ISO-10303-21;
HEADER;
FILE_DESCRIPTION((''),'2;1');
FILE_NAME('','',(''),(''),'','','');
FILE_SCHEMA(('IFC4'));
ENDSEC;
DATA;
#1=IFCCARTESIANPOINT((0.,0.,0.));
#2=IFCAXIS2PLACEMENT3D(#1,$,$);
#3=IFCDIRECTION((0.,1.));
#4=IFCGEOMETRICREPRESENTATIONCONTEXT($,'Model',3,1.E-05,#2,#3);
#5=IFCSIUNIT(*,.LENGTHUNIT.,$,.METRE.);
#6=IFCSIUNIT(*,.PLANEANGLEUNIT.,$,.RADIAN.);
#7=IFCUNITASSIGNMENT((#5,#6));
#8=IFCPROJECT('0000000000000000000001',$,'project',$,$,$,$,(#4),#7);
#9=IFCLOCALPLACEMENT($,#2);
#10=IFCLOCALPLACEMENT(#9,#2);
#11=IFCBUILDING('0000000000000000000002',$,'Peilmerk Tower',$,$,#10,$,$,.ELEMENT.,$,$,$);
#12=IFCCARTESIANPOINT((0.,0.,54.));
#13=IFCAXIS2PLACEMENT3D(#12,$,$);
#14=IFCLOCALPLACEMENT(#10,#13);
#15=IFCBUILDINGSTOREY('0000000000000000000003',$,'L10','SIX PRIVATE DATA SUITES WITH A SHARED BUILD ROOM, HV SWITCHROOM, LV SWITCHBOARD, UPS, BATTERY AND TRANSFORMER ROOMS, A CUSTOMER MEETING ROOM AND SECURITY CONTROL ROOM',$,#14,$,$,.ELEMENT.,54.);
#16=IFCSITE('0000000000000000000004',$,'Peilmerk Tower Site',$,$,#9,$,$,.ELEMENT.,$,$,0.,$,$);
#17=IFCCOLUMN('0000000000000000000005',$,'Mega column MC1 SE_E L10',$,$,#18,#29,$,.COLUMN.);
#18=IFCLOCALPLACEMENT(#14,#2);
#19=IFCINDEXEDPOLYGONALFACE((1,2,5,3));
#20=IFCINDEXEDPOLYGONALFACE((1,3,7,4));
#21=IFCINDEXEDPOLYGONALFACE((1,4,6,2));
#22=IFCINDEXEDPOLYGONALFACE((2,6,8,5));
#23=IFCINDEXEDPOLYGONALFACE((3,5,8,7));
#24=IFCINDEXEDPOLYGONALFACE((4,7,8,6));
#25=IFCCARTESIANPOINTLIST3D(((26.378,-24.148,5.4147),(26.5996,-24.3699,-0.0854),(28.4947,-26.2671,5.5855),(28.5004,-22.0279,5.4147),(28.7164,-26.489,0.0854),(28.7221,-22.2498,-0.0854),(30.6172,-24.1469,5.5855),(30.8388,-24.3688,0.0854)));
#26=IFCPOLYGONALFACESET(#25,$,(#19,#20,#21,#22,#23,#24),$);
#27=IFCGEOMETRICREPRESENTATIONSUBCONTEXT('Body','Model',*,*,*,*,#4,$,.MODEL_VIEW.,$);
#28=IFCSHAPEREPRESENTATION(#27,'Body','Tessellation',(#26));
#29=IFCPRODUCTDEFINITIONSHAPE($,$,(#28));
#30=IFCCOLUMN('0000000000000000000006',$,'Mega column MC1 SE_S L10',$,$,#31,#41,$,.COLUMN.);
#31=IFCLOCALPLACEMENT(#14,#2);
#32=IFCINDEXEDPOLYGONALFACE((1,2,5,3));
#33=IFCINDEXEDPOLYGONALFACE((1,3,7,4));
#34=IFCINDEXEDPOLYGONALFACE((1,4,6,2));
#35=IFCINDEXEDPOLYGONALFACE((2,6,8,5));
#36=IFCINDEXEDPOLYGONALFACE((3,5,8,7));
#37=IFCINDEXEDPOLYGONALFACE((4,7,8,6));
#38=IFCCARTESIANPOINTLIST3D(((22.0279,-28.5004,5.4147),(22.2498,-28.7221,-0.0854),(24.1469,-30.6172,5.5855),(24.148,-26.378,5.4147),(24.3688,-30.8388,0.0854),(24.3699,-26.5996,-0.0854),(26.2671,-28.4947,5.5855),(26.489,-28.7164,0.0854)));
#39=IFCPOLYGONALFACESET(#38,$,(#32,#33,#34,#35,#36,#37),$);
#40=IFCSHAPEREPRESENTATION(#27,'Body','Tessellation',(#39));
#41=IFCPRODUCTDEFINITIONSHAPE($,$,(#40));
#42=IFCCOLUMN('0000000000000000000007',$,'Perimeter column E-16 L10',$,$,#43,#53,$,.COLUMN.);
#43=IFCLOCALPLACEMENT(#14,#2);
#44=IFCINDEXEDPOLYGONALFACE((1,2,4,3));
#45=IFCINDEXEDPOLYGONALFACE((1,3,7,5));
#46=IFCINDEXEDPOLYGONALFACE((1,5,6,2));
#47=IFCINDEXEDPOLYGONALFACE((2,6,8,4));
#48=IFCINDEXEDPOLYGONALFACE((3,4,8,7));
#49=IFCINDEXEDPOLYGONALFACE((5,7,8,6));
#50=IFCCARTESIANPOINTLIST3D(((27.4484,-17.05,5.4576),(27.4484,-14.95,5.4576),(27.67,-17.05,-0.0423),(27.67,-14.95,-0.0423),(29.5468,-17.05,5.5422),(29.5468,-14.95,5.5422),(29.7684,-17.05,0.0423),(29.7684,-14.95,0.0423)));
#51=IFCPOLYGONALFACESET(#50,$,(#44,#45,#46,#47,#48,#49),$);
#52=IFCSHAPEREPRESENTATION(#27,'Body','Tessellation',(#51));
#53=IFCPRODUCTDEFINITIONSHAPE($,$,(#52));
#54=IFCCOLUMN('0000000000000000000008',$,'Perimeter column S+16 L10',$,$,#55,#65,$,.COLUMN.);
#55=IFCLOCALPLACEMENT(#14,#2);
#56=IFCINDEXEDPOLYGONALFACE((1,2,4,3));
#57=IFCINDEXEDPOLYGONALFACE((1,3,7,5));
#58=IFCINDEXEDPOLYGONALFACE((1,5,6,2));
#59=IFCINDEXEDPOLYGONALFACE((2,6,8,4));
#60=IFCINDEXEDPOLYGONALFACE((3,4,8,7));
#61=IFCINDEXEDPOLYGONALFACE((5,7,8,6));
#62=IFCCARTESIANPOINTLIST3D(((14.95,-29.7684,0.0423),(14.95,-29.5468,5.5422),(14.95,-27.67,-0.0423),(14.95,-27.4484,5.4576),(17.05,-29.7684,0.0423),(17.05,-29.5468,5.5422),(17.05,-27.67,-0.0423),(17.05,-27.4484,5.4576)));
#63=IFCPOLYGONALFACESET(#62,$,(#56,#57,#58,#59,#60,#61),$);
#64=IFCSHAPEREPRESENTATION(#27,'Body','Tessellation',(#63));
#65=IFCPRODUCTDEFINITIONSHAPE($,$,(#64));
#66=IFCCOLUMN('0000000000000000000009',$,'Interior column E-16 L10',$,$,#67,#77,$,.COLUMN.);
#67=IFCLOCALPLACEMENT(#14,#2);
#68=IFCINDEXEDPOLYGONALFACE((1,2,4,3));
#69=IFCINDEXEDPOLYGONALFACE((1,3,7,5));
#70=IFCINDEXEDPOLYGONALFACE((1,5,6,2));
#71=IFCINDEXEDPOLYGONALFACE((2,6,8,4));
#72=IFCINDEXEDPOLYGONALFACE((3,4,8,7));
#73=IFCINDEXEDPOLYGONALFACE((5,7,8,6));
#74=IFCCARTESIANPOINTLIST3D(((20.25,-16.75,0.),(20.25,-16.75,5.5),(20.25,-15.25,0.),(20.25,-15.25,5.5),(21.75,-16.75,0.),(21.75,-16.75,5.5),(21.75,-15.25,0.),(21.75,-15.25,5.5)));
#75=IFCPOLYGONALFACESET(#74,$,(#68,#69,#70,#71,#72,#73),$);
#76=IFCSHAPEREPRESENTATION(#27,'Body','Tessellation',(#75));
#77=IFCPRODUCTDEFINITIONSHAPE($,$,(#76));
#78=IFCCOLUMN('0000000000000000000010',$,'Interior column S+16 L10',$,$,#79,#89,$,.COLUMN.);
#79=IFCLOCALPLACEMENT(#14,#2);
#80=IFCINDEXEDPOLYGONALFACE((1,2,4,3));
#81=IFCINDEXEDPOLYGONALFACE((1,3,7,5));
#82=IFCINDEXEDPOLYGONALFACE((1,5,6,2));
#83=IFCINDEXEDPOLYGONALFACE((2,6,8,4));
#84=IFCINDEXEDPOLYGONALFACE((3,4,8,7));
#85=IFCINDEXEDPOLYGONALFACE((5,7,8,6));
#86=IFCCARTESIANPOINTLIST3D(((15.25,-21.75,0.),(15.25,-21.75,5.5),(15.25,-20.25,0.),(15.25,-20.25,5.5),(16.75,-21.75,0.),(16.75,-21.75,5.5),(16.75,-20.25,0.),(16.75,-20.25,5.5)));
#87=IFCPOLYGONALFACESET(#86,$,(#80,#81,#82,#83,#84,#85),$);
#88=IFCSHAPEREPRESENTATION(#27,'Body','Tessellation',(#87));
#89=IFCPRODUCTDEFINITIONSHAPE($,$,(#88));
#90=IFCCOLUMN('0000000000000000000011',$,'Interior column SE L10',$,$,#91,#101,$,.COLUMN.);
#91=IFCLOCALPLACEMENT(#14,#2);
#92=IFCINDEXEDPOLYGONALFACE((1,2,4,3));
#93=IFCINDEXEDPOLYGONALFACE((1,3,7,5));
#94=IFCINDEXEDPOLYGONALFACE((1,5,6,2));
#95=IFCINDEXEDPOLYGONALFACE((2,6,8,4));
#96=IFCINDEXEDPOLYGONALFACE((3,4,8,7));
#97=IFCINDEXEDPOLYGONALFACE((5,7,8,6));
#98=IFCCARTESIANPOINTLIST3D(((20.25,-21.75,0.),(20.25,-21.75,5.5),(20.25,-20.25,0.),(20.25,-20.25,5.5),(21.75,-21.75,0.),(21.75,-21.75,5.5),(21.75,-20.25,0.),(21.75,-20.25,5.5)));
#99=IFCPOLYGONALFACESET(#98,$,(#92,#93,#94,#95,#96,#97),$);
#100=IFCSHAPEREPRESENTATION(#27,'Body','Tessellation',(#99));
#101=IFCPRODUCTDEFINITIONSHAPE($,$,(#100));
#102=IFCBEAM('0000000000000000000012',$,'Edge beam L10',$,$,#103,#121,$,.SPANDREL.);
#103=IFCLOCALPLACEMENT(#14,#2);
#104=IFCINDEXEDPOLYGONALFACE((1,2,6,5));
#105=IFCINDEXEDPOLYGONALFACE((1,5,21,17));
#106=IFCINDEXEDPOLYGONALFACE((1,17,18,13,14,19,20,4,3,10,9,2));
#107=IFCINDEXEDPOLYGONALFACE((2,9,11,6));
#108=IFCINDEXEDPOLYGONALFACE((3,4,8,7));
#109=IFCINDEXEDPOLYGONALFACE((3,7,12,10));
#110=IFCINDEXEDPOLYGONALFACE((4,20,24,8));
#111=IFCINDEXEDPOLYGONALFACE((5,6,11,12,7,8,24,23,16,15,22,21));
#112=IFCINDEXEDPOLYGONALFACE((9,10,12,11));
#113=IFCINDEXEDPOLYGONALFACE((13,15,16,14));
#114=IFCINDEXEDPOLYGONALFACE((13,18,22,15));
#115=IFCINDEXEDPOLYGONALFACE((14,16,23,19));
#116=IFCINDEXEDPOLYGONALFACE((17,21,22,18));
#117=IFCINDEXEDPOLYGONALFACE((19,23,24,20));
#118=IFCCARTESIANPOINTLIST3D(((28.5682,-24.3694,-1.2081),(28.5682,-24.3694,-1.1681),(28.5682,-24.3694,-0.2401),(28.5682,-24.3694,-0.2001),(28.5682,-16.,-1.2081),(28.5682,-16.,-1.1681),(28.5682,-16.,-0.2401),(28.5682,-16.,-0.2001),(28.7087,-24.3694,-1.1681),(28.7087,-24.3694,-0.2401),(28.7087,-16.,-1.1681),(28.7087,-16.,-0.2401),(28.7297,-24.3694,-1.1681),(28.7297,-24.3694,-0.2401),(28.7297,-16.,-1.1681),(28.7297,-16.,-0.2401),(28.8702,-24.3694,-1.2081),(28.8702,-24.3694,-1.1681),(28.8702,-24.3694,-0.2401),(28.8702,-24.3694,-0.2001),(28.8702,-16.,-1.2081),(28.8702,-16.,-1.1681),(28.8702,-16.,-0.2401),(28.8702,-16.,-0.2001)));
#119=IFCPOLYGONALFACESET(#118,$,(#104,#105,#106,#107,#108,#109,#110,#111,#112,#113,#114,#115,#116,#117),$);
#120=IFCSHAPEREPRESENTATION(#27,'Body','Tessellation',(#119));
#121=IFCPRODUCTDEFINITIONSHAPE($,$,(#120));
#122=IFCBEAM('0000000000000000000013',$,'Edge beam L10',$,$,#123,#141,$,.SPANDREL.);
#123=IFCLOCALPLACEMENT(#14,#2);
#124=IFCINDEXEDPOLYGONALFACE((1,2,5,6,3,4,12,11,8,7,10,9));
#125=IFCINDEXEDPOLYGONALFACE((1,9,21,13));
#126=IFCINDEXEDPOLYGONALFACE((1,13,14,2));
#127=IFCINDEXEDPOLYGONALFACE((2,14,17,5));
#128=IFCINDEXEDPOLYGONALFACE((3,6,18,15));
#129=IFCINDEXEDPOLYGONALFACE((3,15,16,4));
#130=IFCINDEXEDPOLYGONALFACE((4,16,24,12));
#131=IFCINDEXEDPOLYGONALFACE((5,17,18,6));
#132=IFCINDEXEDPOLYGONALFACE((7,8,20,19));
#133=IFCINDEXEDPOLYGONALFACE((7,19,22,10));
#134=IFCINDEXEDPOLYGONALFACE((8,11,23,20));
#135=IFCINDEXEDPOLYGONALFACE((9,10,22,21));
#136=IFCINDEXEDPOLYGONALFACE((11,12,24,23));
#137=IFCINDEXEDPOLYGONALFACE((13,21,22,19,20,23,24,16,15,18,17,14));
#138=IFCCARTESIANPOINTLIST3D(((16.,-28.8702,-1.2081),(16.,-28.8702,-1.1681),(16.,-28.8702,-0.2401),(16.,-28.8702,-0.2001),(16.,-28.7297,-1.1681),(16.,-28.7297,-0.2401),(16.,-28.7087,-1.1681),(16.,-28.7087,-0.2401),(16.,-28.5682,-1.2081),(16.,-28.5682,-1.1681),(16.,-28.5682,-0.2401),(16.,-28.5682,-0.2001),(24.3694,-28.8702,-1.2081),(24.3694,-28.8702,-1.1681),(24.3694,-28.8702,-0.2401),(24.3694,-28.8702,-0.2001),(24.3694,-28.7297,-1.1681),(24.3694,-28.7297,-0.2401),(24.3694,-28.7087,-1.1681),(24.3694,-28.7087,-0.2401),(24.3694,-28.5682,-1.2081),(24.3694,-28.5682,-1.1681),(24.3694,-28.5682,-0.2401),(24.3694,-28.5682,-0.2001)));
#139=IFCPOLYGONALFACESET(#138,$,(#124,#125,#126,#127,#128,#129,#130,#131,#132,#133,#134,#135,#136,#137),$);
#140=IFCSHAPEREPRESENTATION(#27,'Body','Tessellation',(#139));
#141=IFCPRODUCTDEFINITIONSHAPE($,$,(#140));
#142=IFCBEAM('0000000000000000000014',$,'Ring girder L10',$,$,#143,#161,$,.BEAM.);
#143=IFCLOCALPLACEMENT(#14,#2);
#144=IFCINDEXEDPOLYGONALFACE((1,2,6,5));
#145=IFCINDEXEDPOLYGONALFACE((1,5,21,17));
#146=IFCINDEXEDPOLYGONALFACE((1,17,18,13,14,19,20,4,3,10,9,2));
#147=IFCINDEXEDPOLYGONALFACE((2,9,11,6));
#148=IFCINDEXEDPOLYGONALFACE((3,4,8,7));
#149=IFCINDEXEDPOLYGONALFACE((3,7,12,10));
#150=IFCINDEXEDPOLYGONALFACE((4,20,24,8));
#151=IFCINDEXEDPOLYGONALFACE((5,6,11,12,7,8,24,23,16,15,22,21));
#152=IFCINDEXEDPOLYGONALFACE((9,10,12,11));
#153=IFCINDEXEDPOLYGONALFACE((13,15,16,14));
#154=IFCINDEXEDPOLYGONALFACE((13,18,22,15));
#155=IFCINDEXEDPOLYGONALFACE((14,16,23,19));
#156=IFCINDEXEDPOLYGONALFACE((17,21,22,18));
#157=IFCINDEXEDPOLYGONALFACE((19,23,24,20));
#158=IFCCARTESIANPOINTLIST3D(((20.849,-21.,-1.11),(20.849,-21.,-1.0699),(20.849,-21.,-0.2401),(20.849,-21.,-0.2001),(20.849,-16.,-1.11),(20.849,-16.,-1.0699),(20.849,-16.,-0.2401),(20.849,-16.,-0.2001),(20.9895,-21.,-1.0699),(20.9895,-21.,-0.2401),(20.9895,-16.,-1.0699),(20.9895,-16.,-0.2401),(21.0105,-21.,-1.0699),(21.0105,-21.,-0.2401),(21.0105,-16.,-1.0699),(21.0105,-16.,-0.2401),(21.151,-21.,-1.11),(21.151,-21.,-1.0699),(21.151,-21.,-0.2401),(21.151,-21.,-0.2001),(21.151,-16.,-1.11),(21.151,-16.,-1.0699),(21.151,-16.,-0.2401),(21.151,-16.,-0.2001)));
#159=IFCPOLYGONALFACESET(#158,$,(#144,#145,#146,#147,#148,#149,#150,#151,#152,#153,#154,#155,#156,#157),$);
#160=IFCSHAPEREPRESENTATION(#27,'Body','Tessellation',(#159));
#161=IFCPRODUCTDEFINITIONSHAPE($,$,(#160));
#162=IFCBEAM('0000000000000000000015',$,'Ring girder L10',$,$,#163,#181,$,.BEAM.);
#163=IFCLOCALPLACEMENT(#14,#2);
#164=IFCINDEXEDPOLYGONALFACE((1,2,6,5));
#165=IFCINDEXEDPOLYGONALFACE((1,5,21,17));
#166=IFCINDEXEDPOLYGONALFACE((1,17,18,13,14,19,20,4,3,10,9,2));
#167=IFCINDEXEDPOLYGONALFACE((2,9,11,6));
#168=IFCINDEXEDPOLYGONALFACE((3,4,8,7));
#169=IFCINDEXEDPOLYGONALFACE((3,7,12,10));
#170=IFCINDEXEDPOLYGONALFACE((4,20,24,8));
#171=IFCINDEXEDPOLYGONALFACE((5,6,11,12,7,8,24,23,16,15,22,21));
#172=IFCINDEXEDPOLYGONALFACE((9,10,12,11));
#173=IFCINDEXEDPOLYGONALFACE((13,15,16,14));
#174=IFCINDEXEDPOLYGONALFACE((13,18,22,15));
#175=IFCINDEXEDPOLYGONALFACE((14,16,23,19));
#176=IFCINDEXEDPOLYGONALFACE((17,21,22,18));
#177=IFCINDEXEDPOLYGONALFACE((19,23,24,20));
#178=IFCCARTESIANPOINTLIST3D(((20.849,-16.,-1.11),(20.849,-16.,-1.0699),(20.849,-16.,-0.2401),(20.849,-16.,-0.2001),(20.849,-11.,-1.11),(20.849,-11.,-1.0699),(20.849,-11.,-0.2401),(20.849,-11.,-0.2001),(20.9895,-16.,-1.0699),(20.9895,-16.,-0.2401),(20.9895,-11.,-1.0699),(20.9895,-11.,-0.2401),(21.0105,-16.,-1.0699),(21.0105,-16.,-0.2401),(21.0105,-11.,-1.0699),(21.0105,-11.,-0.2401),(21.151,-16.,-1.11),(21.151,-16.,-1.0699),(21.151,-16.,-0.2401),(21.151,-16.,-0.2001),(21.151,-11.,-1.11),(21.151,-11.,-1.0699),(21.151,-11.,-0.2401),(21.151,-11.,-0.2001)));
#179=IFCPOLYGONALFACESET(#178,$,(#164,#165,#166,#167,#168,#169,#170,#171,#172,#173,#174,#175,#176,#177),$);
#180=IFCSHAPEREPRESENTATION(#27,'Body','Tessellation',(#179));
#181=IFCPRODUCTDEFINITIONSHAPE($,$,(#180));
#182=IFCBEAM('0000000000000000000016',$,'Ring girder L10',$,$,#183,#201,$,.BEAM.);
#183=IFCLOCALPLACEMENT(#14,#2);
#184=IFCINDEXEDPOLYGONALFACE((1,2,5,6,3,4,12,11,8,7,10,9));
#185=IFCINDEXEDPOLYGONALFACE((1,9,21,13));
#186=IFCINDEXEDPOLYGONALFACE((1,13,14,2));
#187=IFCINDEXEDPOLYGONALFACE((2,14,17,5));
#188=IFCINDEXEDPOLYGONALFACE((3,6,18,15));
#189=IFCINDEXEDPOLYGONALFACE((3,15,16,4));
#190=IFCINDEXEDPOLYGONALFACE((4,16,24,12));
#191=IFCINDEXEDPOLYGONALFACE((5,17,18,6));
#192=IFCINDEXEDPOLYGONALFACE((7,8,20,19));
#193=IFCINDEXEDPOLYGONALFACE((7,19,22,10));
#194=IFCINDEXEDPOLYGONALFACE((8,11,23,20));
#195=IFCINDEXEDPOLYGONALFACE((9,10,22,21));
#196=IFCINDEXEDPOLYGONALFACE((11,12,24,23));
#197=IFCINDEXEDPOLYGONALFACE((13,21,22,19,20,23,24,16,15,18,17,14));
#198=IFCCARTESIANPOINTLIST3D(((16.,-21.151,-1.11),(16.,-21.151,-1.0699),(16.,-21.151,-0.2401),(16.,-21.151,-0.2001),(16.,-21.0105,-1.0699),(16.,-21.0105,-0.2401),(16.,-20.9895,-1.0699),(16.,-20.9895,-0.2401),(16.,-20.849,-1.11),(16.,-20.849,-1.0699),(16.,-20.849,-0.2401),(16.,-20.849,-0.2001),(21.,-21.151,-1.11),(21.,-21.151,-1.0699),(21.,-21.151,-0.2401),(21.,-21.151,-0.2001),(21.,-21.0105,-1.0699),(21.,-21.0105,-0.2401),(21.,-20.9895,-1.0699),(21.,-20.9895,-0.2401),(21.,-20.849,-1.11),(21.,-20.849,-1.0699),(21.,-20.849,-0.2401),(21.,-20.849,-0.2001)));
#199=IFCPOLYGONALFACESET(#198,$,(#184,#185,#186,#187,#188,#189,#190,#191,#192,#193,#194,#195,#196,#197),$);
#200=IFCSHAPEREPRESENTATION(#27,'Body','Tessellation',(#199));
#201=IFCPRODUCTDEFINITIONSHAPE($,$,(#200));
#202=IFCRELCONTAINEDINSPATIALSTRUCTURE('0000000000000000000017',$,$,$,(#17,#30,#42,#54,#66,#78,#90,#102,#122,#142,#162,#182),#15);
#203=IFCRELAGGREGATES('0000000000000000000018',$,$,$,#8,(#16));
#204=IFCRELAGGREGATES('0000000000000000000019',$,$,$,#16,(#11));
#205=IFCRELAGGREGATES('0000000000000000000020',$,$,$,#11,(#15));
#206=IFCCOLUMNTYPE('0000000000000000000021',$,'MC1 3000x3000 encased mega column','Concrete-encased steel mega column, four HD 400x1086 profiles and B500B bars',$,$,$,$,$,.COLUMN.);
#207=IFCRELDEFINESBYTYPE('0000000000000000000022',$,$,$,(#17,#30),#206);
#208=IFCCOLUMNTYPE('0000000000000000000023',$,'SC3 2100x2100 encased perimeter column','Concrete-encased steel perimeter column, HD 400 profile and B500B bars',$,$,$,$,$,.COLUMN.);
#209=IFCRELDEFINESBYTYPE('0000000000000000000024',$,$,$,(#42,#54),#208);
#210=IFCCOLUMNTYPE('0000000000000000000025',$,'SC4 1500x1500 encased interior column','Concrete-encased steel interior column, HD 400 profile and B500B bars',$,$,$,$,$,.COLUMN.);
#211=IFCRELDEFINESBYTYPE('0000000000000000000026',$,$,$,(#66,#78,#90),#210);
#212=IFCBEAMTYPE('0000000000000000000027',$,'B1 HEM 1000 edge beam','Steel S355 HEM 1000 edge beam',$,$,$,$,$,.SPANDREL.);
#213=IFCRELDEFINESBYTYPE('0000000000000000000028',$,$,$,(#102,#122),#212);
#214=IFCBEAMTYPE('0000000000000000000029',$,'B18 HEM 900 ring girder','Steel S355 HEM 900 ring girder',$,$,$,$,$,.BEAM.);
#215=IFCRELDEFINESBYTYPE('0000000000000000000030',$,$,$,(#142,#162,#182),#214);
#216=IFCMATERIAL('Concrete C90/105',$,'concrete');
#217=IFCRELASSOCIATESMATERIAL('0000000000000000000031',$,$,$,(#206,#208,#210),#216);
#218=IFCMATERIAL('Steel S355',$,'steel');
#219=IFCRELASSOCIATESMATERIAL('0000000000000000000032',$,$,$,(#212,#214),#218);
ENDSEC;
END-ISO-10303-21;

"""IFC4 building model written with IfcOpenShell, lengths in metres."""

from ifc_helpers import new_model, si_unit, direction, frame, origin, origin_2d, place, context, subcontext, project, spatial, rectangle, i_section, extrude, material, material_profile, profile_set, type_object, element, save


model = new_model("IFC4")

# Units and contexts
model_context = context("Model", 3, precision=1e-05, world=origin(), true_north=direction((0.0, 1.0)))
body_context = subcontext(model_context, "Body", "Model", "MODEL_VIEW")
ifc_project = project(units=[si_unit("LENGTHUNIT", "METRE"), si_unit("PLANEANGLEUNIT", "RADIAN")], contexts=[model_context])

# Site, building, storey
site_placement = place(None, origin())
site = spatial("IfcSite", under=ifc_project, at=site_placement, Name="Peilmerk Tower Site", CompositionType="ELEMENT", RefElevation=0.0)
building_placement = place(site_placement, origin())
building = spatial("IfcBuilding", under=site, at=building_placement, Name="Peilmerk Tower", CompositionType="ELEMENT")
storey_placement = place(building_placement, frame((0.0, 0.0, 54.0)))
storey = spatial("IfcBuildingStorey", under=building, at=storey_placement, Name="L10", Description="SIX PRIVATE DATA SUITES WITH A SHARED BUILD ROOM, HV SWITCHROOM, LV SWITCHBOARD, UPS, BATTERY AND TRANSFORMER ROOMS, A CUSTOMER MEETING ROOM AND SECURITY CONTROL ROOM", CompositionType="ELEMENT", Elevation=54.0)

# Columns
ifc_material_1 = material(Name="Concrete C90/105", Category="concrete")
ifc_material_profile_1 = material_profile(ifc_material_1, rectangle(XDim=3.0, YDim=3.0, at=origin_2d()), Name="RC 3000x3000")
ifc_profile_set_1 = profile_set([ifc_material_profile_1], Name="Concrete C90/105")
column_type_1 = type_object("IfcColumnType", Name="MC1 3000x3000 encased mega column", Description="Concrete-encased steel mega column, four HD 400x1086 profiles and B500B bars", PredefinedType="COLUMN", material=ifc_profile_set_1)
for number, where, z_axis, x_axis, name in (
    (1, (28.7192, -24.3694, 0.0), (-0.04024, 0.040284, 0.998378), (-0.707496, -0.706718, 0.0), "Mega column MC1 SE_E L10"),
    (2, (24.3694, -28.7192, 0.0), (-0.040284, 0.04024, 0.998378), (-0.706718, -0.707496, 0.0), "Mega column MC1 SE_S L10"),
):
    element("IfcColumn", number, at=place(storey_placement, frame(where, z_axis=z_axis, x_axis=x_axis)), inside=storey, type_object=column_type_1, Name=name, PredefinedType="COLUMN", context=body_context, shape_type="SweptSolid", body=[
        extrude(rectangle(XDim=3.0, YDim=3.0, at=origin_2d()), origin(), (0.0, 0.0, 1.0), 5.509),
    ])
ifc_material_profile_2 = material_profile(ifc_material_1, rectangle(XDim=2.1001, YDim=2.1001, at=origin_2d()), Name="RC 2100x2100")
ifc_profile_set_2 = profile_set([ifc_material_profile_2], Name="Concrete C90/105")
column_type_2 = type_object("IfcColumnType", Name="SC3 2100x2100 encased perimeter column", Description="Concrete-encased steel perimeter column, HD 400 profile and B500B bars", PredefinedType="COLUMN", material=ifc_profile_set_2)
for number, where, z_axis, x_axis, name in (
    (3, (28.7192, -16.0, 0.0), (-0.040273, 0.0, 0.999189), (0.0, -1.0, 0.0), "Perimeter column E-16 L10"),
    (4, (16.0, -28.7192, 0.0), (0.0, 0.040273, 0.999189), (-1.0, 0.0, 0.0), "Perimeter column S+16 L10"),
):
    element("IfcColumn", number, at=place(storey_placement, frame(where, z_axis=z_axis, x_axis=x_axis)), inside=storey, type_object=column_type_2, Name=name, PredefinedType="COLUMN", context=body_context, shape_type="SweptSolid", body=[
        extrude(rectangle(XDim=2.1001, YDim=2.1001, at=origin_2d()), origin(), (0.0, 0.0, 1.0), 5.5044),
    ])
ifc_material_profile_3 = material_profile(ifc_material_1, rectangle(XDim=1.5, YDim=1.5, at=origin_2d()), Name="RC 1500x1500")
ifc_profile_set_3 = profile_set([ifc_material_profile_3], Name="Concrete C90/105")
column_type_3 = type_object("IfcColumnType", Name="SC4 1500x1500 encased interior column", Description="Concrete-encased steel interior column, HD 400 profile and B500B bars", PredefinedType="COLUMN", material=ifc_profile_set_3)
for number, where, z_axis, x_axis, name in (
    (5, (21.0, -16.0, 0.0), (0.0, 0.0, 1.0), (1.0, 0.0, 0.0), "Interior column E-16 L10"),
    (6, (16.0, -21.0, 0.0), (0.0, 0.0, 1.0), (1.0, 0.0, 0.0), "Interior column S+16 L10"),
    (7, (21.0, -21.0, 0.0), (0.0, 0.0, 1.0), (1.0, 0.0, 0.0), "Interior column SE L10"),
):
    element("IfcColumn", number, at=place(storey_placement, frame(where, z_axis=z_axis, x_axis=x_axis)), inside=storey, type_object=column_type_3, Name=name, PredefinedType="COLUMN", context=body_context, shape_type="SweptSolid", body=[
        extrude(rectangle(XDim=1.5, YDim=1.5, at=origin_2d()), origin(), (0.0, 0.0, 1.0), 5.5),
    ])

# Beams
ifc_material_2 = material(Name="Steel S355", Category="steel")
ifc_material_profile_4 = material_profile(ifc_material_2, i_section(OverallWidth=0.302, OverallDepth=1.0081, WebThickness=0.021, FlangeThickness=0.04, at=origin_2d()), Name="HEM 1000")
ifc_profile_set_4 = profile_set([ifc_material_profile_4], Name="Steel S355")
beam_type_1 = type_object("IfcBeamType", Name="B1 HEM 1000 edge beam", Description="Steel S355 HEM 1000 edge beam", PredefinedType="SPANDREL", material=ifc_profile_set_4)
for number, where, z_axis, x_axis, name in (
    (8, (28.7192, -24.3694, -0.7041), (0.0, 1.0, 0.0), (-1.0, 0.0, 0.0), "Edge beam L10"),
    (9, (16.0, -28.7192, -0.7041), (1.0, 0.0, 0.0), (0.0, 1.0, 0.0), "Edge beam L10"),
):
    element("IfcBeam", number, at=place(storey_placement, frame(where, z_axis=z_axis, x_axis=x_axis)), inside=storey, type_object=beam_type_1, Name=name, PredefinedType="SPANDREL", context=body_context, shape_type="SweptSolid", body=[
        extrude(i_section(OverallWidth=0.302, OverallDepth=1.0081, WebThickness=0.021, FlangeThickness=0.04, at=origin_2d()), origin(), (0.0, 0.0, 1.0), 8.3694),
    ])
ifc_material_profile_5 = material_profile(ifc_material_2, i_section(OverallWidth=0.302, OverallDepth=0.9099, WebThickness=0.021, FlangeThickness=0.04, at=origin_2d()), Name="HEM 900")
ifc_profile_set_5 = profile_set([ifc_material_profile_5], Name="Steel S355")
beam_type_2 = type_object("IfcBeamType", Name="B18 HEM 900 ring girder", Description="Steel S355 HEM 900 ring girder", PredefinedType="BEAM", material=ifc_profile_set_5)
for number, where, z_axis, x_axis, name in (
    (10, (21.0, -21.0, -0.655), (0.0, 1.0, 0.0), (-1.0, 0.0, 0.0), "Ring girder L10"),
    (11, (21.0, -16.0, -0.655), (0.0, 1.0, 0.0), (-1.0, 0.0, 0.0), "Ring girder L10"),
    (12, (16.0, -21.0, -0.655), (1.0, 0.0, 0.0), (0.0, 1.0, 0.0), "Ring girder L10"),
):
    element("IfcBeam", number, at=place(storey_placement, frame(where, z_axis=z_axis, x_axis=x_axis)), inside=storey, type_object=beam_type_2, Name=name, PredefinedType="BEAM", context=body_context, shape_type="SweptSolid", body=[
        extrude(i_section(OverallWidth=0.302, OverallDepth=0.9099, WebThickness=0.021, FlangeThickness=0.04, at=origin_2d()), origin(), (0.0, 0.0, 1.0), 5.0),
    ])

save(model, "model.ifc")
